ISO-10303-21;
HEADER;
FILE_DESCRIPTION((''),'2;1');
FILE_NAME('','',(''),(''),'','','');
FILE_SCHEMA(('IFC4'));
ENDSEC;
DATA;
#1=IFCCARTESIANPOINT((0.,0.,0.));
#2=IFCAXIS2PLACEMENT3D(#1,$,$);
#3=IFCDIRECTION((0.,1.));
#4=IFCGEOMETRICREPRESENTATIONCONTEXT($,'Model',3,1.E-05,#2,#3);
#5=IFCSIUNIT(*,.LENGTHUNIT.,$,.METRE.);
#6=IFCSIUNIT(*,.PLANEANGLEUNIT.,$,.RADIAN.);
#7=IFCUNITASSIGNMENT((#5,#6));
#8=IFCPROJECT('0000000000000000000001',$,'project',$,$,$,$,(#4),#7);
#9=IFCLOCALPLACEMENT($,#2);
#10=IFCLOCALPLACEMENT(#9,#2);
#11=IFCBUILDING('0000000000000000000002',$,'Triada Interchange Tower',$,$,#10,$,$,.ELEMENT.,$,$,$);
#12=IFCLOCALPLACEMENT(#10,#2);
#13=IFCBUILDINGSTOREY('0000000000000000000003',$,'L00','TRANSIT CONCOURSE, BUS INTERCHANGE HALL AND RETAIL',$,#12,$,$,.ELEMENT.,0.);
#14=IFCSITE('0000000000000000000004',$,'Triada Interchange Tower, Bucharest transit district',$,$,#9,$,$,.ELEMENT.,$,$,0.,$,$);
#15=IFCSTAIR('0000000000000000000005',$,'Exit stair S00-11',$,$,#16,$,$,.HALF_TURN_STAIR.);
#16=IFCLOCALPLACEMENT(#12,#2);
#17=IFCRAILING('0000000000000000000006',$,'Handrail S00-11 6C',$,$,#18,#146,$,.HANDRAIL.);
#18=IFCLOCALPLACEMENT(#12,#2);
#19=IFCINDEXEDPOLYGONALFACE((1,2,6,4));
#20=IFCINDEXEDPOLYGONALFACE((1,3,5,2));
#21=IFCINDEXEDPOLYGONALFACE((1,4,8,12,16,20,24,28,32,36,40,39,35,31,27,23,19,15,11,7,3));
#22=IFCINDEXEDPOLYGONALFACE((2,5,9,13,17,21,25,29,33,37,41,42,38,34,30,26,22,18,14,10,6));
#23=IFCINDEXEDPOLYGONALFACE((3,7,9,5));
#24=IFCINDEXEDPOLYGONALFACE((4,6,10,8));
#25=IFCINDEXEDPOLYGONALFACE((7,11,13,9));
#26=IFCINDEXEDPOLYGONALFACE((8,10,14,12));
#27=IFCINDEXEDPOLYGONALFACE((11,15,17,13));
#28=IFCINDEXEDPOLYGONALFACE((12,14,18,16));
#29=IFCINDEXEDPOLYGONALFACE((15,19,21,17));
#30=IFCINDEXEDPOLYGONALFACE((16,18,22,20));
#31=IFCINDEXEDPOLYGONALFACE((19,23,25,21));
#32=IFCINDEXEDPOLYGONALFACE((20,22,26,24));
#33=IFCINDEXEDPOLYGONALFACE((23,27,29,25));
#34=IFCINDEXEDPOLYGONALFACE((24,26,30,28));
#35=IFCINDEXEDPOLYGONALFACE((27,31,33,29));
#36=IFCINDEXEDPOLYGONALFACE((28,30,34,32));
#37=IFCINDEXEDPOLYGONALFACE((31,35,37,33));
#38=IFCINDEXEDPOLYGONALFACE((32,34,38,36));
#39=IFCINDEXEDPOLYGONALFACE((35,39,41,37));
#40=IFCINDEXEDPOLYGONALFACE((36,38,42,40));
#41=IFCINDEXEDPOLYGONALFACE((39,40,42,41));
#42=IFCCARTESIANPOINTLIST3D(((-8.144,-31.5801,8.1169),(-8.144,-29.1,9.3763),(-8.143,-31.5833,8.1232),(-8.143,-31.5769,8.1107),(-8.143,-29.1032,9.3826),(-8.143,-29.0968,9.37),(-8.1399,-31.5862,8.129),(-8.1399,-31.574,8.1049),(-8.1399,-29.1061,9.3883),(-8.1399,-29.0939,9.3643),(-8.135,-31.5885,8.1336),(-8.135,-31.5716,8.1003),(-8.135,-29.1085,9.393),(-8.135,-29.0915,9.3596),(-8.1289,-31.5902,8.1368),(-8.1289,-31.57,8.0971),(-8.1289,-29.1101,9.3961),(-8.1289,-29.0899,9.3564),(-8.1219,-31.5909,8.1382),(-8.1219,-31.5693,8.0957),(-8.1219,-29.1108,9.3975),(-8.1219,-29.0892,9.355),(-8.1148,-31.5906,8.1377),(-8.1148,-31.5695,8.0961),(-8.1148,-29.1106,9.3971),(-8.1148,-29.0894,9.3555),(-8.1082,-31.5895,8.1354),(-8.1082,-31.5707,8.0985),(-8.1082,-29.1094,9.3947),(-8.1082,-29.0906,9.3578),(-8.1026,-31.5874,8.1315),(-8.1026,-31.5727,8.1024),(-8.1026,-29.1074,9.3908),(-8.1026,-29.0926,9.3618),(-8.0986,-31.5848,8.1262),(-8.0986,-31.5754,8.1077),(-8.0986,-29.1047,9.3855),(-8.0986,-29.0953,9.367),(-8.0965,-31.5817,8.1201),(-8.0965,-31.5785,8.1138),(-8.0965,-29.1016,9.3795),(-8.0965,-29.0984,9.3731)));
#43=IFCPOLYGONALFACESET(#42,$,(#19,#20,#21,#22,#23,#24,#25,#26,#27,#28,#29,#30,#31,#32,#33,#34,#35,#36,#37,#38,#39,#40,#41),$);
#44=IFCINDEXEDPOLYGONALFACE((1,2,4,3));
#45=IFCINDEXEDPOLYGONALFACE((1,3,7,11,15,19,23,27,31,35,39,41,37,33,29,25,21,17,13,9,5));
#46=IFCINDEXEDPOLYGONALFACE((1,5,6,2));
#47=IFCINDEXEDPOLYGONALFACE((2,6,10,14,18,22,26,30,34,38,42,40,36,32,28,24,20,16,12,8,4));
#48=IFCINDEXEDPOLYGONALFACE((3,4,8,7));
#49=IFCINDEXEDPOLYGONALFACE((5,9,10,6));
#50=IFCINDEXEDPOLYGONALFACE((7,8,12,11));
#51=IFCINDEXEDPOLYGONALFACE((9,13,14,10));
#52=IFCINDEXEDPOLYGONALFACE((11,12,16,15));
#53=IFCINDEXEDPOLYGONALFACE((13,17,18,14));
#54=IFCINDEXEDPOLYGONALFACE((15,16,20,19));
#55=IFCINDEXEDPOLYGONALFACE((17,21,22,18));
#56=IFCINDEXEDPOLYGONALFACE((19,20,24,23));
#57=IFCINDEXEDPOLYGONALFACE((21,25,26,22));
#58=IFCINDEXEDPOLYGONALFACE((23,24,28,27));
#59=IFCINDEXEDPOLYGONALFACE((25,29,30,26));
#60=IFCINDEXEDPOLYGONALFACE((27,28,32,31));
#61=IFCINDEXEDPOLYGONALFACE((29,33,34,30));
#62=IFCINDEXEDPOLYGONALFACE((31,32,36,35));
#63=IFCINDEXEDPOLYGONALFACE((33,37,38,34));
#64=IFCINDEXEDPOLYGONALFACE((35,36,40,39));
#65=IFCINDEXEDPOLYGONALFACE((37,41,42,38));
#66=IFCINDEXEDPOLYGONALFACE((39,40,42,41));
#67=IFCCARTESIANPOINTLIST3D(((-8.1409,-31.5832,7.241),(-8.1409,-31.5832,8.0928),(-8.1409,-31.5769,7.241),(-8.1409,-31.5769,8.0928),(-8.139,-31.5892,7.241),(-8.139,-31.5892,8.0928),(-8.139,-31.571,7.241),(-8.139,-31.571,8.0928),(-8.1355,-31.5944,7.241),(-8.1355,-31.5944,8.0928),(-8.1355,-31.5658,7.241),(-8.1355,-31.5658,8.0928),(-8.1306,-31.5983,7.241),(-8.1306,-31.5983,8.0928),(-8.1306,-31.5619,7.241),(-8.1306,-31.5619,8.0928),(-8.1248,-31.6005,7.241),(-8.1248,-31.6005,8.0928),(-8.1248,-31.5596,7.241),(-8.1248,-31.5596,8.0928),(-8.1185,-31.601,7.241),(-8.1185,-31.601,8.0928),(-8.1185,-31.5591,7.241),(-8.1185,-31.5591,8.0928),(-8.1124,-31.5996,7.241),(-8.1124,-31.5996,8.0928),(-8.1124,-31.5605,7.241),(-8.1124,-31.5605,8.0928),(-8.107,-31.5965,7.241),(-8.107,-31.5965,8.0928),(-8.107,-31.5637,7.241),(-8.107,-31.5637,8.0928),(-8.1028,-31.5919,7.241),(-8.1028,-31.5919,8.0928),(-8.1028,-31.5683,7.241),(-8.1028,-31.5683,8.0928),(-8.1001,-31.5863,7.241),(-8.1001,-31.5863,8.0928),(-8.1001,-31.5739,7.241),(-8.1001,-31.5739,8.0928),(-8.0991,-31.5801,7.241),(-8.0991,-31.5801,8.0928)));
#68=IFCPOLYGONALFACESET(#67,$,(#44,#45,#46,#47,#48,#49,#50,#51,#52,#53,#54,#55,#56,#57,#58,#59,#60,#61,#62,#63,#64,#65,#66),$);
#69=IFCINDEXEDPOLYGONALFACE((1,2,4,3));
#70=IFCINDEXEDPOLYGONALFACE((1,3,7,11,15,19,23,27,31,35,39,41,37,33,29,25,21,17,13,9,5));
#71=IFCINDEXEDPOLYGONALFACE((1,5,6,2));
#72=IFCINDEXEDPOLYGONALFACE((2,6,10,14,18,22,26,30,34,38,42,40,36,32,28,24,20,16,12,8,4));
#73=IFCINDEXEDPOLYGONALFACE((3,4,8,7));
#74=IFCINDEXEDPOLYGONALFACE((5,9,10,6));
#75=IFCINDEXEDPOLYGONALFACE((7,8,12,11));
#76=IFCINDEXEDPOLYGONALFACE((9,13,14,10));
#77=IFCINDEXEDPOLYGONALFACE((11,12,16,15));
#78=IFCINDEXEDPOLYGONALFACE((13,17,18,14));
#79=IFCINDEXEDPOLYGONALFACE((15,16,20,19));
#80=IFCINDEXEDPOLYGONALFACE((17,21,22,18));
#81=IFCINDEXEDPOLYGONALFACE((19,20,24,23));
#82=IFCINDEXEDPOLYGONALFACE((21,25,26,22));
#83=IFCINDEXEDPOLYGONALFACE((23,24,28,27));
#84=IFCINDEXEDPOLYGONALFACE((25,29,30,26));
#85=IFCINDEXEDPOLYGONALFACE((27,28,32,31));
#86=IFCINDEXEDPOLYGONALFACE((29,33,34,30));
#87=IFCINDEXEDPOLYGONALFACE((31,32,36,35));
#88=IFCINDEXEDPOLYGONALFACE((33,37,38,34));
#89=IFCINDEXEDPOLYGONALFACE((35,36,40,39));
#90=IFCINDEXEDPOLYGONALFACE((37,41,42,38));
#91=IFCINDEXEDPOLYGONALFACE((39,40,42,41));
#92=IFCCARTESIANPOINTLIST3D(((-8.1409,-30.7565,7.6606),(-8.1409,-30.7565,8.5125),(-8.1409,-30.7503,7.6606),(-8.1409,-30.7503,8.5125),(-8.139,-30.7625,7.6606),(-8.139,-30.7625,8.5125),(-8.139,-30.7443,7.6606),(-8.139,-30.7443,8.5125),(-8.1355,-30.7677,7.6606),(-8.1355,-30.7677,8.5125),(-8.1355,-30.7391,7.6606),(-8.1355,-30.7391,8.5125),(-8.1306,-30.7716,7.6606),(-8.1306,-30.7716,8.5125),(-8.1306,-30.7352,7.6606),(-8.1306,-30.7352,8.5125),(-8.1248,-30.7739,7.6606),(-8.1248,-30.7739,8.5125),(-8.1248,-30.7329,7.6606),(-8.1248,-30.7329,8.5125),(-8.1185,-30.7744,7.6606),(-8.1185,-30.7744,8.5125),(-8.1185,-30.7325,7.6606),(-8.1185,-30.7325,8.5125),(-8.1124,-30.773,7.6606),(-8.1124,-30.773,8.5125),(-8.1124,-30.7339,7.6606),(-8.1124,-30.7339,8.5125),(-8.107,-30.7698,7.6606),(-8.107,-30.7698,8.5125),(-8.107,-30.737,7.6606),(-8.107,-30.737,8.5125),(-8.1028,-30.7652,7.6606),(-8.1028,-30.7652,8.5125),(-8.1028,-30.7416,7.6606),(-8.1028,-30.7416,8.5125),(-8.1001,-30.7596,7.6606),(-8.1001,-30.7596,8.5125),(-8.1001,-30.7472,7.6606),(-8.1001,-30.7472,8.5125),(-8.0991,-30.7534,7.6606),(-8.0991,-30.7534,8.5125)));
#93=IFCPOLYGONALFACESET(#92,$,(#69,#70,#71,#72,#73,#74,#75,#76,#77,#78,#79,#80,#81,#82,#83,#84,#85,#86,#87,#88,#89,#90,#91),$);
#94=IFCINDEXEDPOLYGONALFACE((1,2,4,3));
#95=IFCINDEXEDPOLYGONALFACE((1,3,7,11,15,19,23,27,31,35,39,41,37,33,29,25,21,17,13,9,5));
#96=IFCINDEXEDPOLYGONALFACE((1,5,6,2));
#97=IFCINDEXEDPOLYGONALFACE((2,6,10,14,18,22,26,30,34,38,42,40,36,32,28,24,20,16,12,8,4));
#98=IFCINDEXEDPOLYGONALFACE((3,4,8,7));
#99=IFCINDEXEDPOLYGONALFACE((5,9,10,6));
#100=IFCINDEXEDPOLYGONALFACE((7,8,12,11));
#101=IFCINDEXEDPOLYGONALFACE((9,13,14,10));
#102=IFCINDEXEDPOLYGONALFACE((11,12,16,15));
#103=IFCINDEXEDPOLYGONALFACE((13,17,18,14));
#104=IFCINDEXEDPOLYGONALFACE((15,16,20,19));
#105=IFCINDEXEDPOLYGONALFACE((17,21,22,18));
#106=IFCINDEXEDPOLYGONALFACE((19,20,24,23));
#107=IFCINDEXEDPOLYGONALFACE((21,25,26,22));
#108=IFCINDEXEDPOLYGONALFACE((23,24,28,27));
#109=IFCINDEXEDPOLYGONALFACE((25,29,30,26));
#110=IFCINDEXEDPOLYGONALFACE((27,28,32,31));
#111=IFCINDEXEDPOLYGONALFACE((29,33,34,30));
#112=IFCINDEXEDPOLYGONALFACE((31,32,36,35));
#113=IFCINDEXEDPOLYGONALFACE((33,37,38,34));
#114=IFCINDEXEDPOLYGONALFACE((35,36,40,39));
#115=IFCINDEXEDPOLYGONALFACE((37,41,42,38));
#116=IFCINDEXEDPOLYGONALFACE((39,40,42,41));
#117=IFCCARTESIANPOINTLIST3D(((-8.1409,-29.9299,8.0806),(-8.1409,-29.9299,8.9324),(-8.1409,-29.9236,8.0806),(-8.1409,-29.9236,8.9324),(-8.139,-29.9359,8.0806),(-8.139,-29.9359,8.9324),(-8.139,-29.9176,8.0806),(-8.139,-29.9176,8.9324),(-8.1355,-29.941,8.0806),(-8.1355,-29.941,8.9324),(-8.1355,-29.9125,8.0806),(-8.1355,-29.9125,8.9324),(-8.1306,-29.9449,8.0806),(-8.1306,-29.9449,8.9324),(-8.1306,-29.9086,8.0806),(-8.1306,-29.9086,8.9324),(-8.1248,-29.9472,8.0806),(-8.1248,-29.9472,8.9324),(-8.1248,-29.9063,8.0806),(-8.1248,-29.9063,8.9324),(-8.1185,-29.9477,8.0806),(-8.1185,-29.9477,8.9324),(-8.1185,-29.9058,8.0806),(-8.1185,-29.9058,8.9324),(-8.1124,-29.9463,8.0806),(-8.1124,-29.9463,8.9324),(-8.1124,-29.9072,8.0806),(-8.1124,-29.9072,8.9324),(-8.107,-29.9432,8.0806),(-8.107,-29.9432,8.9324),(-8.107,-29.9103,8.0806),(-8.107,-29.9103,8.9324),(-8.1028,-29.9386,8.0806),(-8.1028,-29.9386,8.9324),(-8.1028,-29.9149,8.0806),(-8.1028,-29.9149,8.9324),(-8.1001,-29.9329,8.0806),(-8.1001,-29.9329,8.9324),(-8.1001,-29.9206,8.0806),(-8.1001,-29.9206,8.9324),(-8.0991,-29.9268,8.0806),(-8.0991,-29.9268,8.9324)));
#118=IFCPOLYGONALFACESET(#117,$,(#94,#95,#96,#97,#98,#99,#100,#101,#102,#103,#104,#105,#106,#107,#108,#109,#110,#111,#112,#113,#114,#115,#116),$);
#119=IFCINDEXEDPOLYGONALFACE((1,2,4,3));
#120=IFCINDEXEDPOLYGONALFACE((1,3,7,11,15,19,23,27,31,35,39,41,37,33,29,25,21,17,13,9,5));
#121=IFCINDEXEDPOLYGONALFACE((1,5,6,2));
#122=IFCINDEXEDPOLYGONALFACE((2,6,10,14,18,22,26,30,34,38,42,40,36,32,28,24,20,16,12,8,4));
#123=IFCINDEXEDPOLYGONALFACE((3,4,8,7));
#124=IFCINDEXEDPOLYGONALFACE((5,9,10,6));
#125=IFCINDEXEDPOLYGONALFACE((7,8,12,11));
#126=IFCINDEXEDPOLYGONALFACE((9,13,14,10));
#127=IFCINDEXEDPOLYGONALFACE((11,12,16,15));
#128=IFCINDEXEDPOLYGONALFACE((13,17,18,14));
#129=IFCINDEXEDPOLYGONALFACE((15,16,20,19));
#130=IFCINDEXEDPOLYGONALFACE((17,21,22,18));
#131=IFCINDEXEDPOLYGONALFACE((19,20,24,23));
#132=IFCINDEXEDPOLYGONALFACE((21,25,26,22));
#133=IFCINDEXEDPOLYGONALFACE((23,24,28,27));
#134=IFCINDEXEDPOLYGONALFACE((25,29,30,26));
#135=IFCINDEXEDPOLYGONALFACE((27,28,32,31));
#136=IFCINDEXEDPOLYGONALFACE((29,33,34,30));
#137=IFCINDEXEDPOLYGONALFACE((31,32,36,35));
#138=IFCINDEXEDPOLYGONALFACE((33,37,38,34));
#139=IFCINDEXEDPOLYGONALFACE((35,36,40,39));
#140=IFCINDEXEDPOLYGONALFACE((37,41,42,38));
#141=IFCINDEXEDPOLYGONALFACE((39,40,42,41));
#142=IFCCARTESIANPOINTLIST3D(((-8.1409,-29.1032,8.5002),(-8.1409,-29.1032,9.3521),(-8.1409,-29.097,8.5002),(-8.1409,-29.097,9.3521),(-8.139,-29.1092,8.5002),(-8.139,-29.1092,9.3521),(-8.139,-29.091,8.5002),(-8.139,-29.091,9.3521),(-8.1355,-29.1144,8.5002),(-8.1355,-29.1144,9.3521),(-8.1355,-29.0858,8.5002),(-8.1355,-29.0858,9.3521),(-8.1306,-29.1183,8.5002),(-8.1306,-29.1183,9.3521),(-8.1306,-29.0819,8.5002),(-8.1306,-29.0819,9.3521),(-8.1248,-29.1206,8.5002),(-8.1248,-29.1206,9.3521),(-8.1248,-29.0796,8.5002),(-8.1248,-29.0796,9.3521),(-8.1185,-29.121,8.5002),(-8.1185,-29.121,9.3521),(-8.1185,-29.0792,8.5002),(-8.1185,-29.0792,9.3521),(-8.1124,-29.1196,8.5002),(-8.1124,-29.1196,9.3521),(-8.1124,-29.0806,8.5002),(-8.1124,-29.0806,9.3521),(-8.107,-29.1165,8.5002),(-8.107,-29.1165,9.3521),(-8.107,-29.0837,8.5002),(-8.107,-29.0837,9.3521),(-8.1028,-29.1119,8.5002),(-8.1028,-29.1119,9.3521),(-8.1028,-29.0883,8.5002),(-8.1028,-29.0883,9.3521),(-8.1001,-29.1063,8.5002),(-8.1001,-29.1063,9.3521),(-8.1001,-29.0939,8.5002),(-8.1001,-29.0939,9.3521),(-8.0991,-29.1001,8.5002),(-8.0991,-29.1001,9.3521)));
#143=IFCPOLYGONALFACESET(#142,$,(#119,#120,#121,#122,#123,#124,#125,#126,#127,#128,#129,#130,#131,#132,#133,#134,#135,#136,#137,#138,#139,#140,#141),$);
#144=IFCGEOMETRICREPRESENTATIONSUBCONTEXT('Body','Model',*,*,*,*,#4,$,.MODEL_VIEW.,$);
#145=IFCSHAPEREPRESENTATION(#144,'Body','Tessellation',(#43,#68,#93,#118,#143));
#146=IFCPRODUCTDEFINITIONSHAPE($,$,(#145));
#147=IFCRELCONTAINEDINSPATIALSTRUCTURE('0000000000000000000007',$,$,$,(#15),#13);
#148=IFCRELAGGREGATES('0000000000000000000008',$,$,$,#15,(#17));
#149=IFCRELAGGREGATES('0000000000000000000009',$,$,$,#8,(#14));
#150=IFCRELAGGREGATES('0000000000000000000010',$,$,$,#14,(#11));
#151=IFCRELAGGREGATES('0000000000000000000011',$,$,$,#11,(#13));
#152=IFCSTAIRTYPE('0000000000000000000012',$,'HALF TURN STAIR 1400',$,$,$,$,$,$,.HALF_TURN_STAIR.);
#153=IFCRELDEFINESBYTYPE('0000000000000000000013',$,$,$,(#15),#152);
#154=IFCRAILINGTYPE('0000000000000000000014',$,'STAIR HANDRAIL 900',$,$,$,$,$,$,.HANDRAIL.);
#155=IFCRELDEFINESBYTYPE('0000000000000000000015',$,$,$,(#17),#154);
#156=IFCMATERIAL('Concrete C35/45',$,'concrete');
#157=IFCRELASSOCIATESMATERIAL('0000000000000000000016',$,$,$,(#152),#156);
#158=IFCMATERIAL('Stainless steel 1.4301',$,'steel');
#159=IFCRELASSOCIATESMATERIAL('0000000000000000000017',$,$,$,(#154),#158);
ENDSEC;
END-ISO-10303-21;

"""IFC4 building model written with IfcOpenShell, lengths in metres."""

from ifc_helpers import new_model, si_unit, direction, frame, origin, origin_2d, place, context, subcontext, project, spatial, circle, extrude, material, type_object, element, aggregate, save


model = new_model("IFC4")

# Units and contexts
model_context = context("Model", 3, precision=1e-05, world=origin(), true_north=direction((0.0, 1.0)))
body_context = subcontext(model_context, "Body", "Model", "MODEL_VIEW")
ifc_project = project(units=[si_unit("LENGTHUNIT", "METRE"), si_unit("PLANEANGLEUNIT", "RADIAN")], contexts=[model_context])

# Site, building, storey
site_placement = place(None, origin())
site = spatial("IfcSite", under=ifc_project, at=site_placement, Name="Triada Interchange Tower, Bucharest transit district", CompositionType="ELEMENT", RefElevation=0.0)
building_placement = place(site_placement, origin())
building = spatial("IfcBuilding", under=site, at=building_placement, Name="Triada Interchange Tower", CompositionType="ELEMENT")
storey_placement = place(building_placement, origin())
storey = spatial("IfcBuildingStorey", under=building, at=storey_placement, Name="L00", Description="TRANSIT CONCOURSE, BUS INTERCHANGE HALL AND RETAIL", CompositionType="ELEMENT", Elevation=0.0)

# Stair, railing
ifc_material_1 = material(Name="Concrete C35/45", Category="concrete")
stair_type = type_object("IfcStairType", Name="HALF TURN STAIR 1400", PredefinedType="HALF_TURN_STAIR", material=ifc_material_1)
stair_placement = place(storey_placement, origin())
stair = element("IfcStair", 1, at=stair_placement, inside=storey, type_object=stair_type, Name="Exit stair S00-11", PredefinedType="HALF_TURN_STAIR")
ifc_material_2 = material(Name="Stainless steel 1.4301", Category="steel")
railing_type = type_object("IfcRailingType", Name="STAIR HANDRAIL 900", PredefinedType="HANDRAIL", material=ifc_material_2)
railing_1_placement = place(storey_placement, frame((-8.1201, -31.5801, 7.241)))
railing_1 = element("IfcRailing", 2, at=railing_1_placement, type_object=railing_type, Name="Handrail S00-11 6C", PredefinedType="HANDRAIL", context=body_context, shape_type="SweptSolid", body=[
    extrude(circle(Radius=0.0239, at=origin_2d()), frame((0.0, 0.0, 0.876), z_axis=(0.0, 0.891636, 0.452752), x_axis=(-1.0, 0.0, 0.0)), (0.0, 0.0, 1.0), 2.7815),
    extrude(circle(Radius=0.021, at=origin_2d()), origin(), (0.0, 0.0, 1.0), 0.8518),
    extrude(circle(Radius=0.021, at=origin_2d()), frame((0.0, 0.8267, 0.4197)), (0.0, 0.0, 1.0), 0.8518),
    extrude(circle(Radius=0.021, at=origin_2d()), frame((0.0, 1.6533, 0.8396)), (0.0, 0.0, 1.0), 0.8518),
    extrude(circle(Radius=0.021, at=origin_2d()), frame((0.0, 2.48, 1.2593)), (0.0, 0.0, 1.0), 0.8518),
])
aggregate(stair, [railing_1])

save(model, "model.ifc")
